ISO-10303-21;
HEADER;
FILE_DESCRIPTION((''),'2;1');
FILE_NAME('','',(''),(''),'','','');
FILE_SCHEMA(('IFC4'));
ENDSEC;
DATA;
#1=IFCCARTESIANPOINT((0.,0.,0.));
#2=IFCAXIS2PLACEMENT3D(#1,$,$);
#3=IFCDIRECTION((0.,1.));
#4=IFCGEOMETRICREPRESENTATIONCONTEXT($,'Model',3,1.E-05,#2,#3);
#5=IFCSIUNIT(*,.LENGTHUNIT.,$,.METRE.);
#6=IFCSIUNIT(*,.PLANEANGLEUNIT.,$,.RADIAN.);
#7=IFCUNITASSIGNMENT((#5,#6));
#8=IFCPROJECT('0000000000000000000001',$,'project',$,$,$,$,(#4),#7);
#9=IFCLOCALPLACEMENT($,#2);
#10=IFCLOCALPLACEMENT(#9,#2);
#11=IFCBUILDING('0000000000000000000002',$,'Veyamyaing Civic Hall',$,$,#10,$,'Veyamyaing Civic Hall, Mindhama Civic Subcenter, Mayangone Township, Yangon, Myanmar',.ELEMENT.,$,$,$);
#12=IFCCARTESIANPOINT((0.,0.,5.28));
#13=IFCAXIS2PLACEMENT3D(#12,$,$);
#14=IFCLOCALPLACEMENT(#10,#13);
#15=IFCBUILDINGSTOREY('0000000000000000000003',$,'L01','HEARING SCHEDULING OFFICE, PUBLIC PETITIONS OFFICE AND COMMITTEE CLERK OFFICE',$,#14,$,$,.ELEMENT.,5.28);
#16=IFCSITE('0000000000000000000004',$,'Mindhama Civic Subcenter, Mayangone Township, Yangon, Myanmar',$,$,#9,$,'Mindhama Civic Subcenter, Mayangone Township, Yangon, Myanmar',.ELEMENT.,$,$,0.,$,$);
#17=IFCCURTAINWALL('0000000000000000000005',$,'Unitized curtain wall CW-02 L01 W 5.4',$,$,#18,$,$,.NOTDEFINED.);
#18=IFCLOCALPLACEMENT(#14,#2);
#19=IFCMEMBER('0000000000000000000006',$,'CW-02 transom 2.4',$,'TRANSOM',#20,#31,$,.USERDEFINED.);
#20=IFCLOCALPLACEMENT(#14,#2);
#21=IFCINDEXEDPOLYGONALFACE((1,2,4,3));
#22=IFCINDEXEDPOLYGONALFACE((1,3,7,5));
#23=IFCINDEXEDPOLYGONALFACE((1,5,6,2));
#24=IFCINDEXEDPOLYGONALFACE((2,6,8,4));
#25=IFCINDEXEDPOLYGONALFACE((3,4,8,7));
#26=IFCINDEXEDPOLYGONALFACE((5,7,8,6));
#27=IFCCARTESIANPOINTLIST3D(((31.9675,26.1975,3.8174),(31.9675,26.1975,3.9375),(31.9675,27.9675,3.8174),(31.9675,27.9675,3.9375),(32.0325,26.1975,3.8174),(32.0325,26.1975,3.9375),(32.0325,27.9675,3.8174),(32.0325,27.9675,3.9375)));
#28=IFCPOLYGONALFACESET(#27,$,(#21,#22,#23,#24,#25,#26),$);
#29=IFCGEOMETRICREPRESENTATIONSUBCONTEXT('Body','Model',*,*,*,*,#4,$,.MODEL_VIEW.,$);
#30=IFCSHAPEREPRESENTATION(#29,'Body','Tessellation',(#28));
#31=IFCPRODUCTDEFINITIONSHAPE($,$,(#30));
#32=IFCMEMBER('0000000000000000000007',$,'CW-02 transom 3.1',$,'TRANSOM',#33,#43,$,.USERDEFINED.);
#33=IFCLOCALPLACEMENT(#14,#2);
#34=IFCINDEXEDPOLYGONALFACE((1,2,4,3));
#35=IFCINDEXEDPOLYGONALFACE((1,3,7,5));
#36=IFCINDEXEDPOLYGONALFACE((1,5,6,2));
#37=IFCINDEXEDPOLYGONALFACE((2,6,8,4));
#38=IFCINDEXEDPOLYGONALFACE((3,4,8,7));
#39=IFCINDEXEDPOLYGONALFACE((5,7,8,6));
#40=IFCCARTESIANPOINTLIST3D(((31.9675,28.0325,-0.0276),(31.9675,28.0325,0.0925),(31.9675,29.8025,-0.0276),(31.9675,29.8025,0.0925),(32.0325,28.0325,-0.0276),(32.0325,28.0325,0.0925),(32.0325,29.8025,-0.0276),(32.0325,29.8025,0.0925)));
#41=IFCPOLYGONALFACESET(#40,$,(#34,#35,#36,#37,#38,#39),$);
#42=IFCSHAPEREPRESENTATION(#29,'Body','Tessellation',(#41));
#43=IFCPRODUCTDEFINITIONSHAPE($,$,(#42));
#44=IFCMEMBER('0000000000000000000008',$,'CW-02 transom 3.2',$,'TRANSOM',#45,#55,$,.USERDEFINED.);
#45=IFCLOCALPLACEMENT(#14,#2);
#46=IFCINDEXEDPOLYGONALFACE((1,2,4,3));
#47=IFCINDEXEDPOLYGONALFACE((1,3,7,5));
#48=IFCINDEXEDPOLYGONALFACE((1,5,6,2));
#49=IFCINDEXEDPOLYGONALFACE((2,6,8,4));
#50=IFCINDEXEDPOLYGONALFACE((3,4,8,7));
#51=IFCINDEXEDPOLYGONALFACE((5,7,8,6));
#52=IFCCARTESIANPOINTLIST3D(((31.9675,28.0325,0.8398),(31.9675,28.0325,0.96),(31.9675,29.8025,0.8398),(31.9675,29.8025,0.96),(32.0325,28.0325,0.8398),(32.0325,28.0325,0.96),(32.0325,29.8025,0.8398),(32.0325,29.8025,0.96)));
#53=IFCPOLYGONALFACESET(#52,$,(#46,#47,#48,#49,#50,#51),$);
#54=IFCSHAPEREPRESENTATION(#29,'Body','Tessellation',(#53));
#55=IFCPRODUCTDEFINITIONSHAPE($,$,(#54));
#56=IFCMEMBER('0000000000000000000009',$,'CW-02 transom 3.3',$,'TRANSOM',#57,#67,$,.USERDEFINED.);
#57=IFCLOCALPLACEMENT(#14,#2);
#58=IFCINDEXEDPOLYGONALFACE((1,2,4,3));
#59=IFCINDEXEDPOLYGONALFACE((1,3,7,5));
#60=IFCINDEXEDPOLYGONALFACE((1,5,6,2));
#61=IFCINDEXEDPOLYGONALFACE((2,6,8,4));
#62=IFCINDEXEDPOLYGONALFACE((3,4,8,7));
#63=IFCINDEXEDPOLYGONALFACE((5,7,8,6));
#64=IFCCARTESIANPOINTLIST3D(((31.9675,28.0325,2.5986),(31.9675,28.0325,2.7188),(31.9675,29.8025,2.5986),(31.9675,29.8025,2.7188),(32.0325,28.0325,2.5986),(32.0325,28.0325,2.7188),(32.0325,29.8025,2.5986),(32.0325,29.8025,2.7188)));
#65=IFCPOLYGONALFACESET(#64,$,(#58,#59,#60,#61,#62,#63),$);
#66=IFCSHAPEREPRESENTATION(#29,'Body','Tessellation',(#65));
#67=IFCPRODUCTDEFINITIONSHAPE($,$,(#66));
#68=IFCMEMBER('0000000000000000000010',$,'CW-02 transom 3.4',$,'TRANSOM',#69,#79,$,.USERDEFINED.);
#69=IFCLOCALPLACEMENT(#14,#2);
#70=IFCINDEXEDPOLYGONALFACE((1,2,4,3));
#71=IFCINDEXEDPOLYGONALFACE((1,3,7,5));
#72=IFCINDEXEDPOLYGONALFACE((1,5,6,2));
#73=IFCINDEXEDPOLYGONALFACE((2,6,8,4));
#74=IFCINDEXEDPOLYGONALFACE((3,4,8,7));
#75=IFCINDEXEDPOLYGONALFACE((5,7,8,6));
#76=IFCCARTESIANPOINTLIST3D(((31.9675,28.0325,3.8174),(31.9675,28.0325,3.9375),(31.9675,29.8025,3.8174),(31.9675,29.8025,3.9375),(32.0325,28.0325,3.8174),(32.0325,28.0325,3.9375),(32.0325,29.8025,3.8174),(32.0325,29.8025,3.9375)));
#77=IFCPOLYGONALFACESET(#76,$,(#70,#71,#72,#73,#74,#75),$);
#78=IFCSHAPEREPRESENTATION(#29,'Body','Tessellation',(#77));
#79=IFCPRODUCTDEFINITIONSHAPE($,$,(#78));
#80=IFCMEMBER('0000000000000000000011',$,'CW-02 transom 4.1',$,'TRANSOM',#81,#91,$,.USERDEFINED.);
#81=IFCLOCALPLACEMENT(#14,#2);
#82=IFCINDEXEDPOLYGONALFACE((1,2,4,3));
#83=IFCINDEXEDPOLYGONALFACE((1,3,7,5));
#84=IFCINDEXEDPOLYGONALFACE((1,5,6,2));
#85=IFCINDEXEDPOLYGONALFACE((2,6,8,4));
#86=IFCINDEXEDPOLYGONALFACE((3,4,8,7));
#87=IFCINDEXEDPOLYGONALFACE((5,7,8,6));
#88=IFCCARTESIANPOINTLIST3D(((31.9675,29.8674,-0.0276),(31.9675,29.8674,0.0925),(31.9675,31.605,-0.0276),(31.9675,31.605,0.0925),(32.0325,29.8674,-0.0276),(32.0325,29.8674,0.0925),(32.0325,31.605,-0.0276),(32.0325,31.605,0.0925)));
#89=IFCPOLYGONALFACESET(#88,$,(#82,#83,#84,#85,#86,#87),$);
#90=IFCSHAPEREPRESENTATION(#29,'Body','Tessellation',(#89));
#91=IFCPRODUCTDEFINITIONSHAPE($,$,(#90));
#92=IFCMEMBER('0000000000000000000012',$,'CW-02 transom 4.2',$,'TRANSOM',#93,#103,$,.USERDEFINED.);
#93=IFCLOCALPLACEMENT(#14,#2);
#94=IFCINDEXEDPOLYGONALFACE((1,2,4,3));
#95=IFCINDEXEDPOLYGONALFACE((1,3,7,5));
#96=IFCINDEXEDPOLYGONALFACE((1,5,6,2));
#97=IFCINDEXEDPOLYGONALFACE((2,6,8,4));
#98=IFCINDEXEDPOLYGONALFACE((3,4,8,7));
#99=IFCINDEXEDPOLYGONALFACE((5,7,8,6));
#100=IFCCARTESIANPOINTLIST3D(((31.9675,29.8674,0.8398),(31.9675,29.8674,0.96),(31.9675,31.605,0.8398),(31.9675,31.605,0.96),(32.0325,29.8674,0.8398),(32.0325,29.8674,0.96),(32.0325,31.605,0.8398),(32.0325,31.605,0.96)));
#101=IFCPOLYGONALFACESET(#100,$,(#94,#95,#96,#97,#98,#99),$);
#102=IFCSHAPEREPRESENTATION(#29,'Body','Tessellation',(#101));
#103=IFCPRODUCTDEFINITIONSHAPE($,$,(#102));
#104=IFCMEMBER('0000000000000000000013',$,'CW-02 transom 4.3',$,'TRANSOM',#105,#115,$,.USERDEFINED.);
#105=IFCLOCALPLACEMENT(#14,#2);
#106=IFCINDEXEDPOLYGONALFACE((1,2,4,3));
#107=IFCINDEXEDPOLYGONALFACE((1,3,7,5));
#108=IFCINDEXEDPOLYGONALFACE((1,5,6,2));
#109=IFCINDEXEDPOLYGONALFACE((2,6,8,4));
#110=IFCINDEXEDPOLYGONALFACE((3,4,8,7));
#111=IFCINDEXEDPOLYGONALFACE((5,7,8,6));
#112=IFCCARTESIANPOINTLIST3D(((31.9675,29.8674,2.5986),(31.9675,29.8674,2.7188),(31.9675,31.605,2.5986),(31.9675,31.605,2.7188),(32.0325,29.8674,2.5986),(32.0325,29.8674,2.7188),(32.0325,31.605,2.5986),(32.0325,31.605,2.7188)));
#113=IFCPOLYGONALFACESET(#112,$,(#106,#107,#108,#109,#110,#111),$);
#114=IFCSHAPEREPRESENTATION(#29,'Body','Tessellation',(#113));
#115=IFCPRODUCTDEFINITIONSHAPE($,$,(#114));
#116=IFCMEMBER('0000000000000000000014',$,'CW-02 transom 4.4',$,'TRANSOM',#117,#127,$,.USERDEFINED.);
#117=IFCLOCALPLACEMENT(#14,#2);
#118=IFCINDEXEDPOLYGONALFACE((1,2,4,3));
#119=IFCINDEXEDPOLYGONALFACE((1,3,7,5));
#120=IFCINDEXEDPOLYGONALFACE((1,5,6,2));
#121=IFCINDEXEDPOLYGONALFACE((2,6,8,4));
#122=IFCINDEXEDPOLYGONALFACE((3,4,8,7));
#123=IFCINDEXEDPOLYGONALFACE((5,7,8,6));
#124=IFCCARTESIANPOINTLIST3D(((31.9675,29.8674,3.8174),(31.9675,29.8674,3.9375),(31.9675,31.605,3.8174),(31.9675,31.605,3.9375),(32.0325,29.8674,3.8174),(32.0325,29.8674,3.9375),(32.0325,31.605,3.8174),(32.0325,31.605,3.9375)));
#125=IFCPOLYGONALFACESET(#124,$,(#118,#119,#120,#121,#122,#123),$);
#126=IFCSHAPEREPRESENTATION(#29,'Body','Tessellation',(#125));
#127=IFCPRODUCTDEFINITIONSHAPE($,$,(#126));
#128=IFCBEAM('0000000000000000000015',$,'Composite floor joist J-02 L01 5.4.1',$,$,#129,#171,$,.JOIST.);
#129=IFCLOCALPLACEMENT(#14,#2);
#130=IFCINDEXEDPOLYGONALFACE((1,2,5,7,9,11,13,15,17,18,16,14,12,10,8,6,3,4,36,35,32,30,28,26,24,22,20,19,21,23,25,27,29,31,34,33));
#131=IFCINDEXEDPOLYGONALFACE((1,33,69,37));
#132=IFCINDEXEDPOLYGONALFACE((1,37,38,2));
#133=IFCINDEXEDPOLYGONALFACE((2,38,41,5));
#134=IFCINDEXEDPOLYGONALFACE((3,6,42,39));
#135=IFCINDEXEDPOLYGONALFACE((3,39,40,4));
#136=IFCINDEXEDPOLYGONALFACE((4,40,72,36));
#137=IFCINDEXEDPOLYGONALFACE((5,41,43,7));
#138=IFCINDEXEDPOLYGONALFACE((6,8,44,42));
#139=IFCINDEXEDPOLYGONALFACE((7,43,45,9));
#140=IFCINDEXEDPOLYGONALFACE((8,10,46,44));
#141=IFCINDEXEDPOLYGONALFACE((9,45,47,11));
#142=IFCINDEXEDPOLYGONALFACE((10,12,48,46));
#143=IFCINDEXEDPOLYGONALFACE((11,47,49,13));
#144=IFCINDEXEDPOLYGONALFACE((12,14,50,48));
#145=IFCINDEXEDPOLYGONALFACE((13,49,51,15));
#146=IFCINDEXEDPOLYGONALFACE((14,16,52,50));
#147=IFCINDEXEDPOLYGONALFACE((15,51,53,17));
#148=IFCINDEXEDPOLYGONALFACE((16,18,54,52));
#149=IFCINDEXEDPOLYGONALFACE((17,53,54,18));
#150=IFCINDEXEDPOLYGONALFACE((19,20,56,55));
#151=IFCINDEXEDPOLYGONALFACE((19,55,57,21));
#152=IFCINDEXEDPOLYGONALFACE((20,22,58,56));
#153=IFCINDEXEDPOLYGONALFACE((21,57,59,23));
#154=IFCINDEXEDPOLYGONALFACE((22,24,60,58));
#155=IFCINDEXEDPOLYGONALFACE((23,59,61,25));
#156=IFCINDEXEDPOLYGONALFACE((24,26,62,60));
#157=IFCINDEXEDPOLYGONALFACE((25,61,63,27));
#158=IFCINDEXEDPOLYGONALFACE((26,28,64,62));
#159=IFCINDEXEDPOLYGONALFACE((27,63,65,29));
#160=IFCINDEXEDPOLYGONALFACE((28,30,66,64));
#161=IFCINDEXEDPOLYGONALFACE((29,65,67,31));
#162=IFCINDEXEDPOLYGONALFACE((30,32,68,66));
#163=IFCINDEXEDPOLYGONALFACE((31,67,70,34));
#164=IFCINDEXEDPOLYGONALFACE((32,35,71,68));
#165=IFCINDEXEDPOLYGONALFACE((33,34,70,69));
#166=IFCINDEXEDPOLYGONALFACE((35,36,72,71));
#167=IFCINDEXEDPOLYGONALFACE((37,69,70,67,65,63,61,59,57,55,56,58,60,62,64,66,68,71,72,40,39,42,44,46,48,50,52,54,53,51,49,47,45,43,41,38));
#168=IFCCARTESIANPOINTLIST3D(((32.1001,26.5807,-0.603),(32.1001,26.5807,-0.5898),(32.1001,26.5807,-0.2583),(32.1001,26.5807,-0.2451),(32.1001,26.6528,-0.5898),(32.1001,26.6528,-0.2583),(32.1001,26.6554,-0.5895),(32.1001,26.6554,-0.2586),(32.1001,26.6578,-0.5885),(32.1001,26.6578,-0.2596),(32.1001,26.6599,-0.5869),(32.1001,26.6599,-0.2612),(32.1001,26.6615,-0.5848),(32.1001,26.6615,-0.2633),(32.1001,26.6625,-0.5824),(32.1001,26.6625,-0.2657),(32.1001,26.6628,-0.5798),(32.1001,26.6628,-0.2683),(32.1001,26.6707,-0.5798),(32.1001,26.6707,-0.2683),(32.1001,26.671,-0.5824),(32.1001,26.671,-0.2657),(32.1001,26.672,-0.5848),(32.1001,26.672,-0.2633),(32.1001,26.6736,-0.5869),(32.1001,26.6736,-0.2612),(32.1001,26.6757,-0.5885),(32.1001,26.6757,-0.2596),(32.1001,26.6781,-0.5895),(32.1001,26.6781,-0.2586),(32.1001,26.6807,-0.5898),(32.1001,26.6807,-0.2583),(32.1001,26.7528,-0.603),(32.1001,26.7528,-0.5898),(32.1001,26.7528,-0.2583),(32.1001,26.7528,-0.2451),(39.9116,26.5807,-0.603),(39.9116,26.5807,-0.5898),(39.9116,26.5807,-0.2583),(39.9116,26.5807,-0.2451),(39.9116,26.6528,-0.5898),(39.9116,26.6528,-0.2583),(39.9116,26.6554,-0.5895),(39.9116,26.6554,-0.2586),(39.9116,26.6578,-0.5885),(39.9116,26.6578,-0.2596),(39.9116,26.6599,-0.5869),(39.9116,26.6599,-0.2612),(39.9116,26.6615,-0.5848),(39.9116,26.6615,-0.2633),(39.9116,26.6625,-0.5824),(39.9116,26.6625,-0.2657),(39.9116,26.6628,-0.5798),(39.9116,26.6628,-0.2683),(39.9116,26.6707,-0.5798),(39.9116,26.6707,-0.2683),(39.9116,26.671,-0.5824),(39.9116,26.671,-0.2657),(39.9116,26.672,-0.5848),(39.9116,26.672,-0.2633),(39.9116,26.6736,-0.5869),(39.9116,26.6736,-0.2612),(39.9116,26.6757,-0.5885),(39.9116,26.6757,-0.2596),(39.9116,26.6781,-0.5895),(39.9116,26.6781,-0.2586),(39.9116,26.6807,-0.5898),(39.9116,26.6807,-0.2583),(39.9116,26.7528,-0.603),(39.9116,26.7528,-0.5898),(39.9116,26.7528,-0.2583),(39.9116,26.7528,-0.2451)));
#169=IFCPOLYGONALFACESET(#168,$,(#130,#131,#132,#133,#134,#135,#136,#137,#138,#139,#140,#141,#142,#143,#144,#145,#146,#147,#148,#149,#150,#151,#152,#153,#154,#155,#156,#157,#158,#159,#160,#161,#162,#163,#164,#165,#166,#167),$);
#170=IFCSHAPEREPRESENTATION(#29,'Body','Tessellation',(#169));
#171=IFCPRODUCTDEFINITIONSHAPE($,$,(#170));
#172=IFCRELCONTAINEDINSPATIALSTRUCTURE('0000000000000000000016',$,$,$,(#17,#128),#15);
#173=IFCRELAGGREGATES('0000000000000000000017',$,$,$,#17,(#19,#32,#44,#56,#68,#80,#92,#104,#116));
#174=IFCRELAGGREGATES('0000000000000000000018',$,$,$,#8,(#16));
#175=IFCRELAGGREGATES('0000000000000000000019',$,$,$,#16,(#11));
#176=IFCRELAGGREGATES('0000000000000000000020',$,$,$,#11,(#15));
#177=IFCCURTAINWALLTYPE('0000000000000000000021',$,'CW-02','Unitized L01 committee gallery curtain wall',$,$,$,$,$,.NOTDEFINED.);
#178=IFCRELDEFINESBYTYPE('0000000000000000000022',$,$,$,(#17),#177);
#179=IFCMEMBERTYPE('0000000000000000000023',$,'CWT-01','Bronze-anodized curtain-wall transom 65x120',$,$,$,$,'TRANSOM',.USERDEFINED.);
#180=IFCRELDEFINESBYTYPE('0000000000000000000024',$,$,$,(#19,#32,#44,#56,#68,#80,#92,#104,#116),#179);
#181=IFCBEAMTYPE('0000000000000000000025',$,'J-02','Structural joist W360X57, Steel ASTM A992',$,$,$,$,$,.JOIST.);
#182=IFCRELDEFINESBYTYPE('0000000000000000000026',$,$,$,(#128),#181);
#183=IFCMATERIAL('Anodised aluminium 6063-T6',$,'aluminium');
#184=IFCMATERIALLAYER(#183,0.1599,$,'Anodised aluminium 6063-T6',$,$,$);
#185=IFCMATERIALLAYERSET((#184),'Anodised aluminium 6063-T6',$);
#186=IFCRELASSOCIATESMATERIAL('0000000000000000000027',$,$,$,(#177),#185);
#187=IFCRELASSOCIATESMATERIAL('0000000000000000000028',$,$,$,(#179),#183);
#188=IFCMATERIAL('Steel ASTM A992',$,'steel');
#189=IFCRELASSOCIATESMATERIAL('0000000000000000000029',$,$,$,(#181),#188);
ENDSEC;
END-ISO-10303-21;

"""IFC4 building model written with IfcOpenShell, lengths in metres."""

from ifc_helpers import new_model, si_unit, direction, frame, origin, origin_2d, place, context, subcontext, project, spatial, rectangle, i_section, extrude, material, layer, layer_set, material_profile, profile_set, type_object, element, aggregate, save


model = new_model("IFC4")

# Units and contexts
model_context = context("Model", 3, precision=1e-05, world=origin(), true_north=direction((0.0, 1.0)))
body_context = subcontext(model_context, "Body", "Model", "MODEL_VIEW")
ifc_project = project(units=[si_unit("LENGTHUNIT", "METRE"), si_unit("PLANEANGLEUNIT", "RADIAN")], contexts=[model_context])

# Site, building, storey
site_placement = place(None, origin())
site = spatial("IfcSite", under=ifc_project, at=site_placement, Name="Mindhama Civic Subcenter, Mayangone Township, Yangon, Myanmar", LongName="Mindhama Civic Subcenter, Mayangone Township, Yangon, Myanmar", CompositionType="ELEMENT", RefElevation=0.0)
building_placement = place(site_placement, origin())
building = spatial("IfcBuilding", under=site, at=building_placement, Name="Veyamyaing Civic Hall", LongName="Veyamyaing Civic Hall, Mindhama Civic Subcenter, Mayangone Township, Yangon, Myanmar", CompositionType="ELEMENT")
storey_placement = place(building_placement, frame((0.0, 0.0, 5.28)))
storey = spatial("IfcBuildingStorey", under=building, at=storey_placement, Name="L01", Description="HEARING SCHEDULING OFFICE, PUBLIC PETITIONS OFFICE AND COMMITTEE CLERK OFFICE", CompositionType="ELEMENT", Elevation=5.28)

# Shared definitions
ifc_material_1 = material(Name="Steel ASTM A992", Category="steel")

# Curtain wall, members
ifc_material_2 = material(Name="Anodised aluminium 6063-T6", Category="aluminium")
ifc_layer_1 = layer(ifc_material_2, 0.1599, Name="Anodised aluminium 6063-T6")
ifc_layer_set_1 = layer_set([ifc_layer_1], Name="Anodised aluminium 6063-T6")
curtain_wall_type = type_object("IfcCurtainWallType", Name="CW-02", Description="Unitized L01 committee gallery curtain wall", PredefinedType="NOTDEFINED", material=ifc_layer_set_1)
curtain_wall_placement = place(storey_placement, origin())
curtain_wall = element("IfcCurtainWall", 1, at=curtain_wall_placement, inside=storey, type_object=curtain_wall_type, Name="Unitized curtain wall CW-02 L01 W 5.4", PredefinedType="NOTDEFINED")
ifc_material_profile_1 = material_profile(ifc_material_2, rectangle(XDim=0.0649, YDim=0.1201, at=origin_2d()), Name="ALU-TRN-65X120")
ifc_profile_set_1 = profile_set([ifc_material_profile_1], Name="Anodised aluminium 6063-T6")
member_type_1 = type_object("IfcMemberType", Name="CWT-01", Description="Bronze-anodized curtain-wall transom 65x120", ElementType="TRANSOM", PredefinedType="USERDEFINED", material=ifc_profile_set_1)
member_1_placement = place(storey_placement, frame((32.0, 26.1975, 3.8774), z_axis=(0.0, 1.0, 0.0), x_axis=(-1.0, 0.0, 0.0)))
member_1 = element("IfcMember", 2, at=member_1_placement, type_object=member_type_1, Name="CW-02 transom 2.4", ObjectType="TRANSOM", PredefinedType="USERDEFINED", context=body_context, shape_type="SweptSolid", body=[
    extrude(rectangle(XDim=0.0649, YDim=0.1201, at=origin_2d()), origin(), (0.0, 0.0, 1.0), 1.77),
])
member_2_placement = place(storey_placement, frame((32.0, 28.0325, 0.0325), z_axis=(0.0, 1.0, 0.0), x_axis=(-1.0, 0.0, 0.0)))
member_2 = element("IfcMember", 3, at=member_2_placement, type_object=member_type_1, Name="CW-02 transom 3.1", ObjectType="TRANSOM", PredefinedType="USERDEFINED", context=body_context, shape_type="SweptSolid", body=[
    extrude(rectangle(XDim=0.0649, YDim=0.1201, at=origin_2d()), origin(), (0.0, 0.0, 1.0), 1.77),
])
member_3_placement = place(storey_placement, frame((32.0, 28.0325, 0.8999), z_axis=(0.0, 1.0, 0.0), x_axis=(-1.0, 0.0, 0.0)))
member_3 = element("IfcMember", 4, at=member_3_placement, type_object=member_type_1, Name="CW-02 transom 3.2", ObjectType="TRANSOM", PredefinedType="USERDEFINED", context=body_context, shape_type="SweptSolid", body=[
    extrude(rectangle(XDim=0.0649, YDim=0.1201, at=origin_2d()), origin(), (0.0, 0.0, 1.0), 1.77),
])
member_4_placement = place(storey_placement, frame((32.0, 28.0325, 2.6587), z_axis=(0.0, 1.0, 0.0), x_axis=(-1.0, 0.0, 0.0)))
member_4 = element("IfcMember", 5, at=member_4_placement, type_object=member_type_1, Name="CW-02 transom 3.3", ObjectType="TRANSOM", PredefinedType="USERDEFINED", context=body_context, shape_type="SweptSolid", body=[
    extrude(rectangle(XDim=0.0649, YDim=0.1201, at=origin_2d()), origin(), (0.0, 0.0, 1.0), 1.77),
])
member_5_placement = place(storey_placement, frame((32.0, 28.0325, 3.8774), z_axis=(0.0, 1.0, 0.0), x_axis=(-1.0, 0.0, 0.0)))
member_5 = element("IfcMember", 6, at=member_5_placement, type_object=member_type_1, Name="CW-02 transom 3.4", ObjectType="TRANSOM", PredefinedType="USERDEFINED", context=body_context, shape_type="SweptSolid", body=[
    extrude(rectangle(XDim=0.0649, YDim=0.1201, at=origin_2d()), origin(), (0.0, 0.0, 1.0), 1.77),
])
member_6_placement = place(storey_placement, frame((32.0, 29.8674, 0.0325), z_axis=(0.0, 1.0, 0.0), x_axis=(-1.0, 0.0, 0.0)))
member_6 = element("IfcMember", 7, at=member_6_placement, type_object=member_type_1, Name="CW-02 transom 4.1", ObjectType="TRANSOM", PredefinedType="USERDEFINED", context=body_context, shape_type="SweptSolid", body=[
    extrude(rectangle(XDim=0.0649, YDim=0.1201, at=origin_2d()), origin(), (0.0, 0.0, 1.0), 1.7375),
])
member_7_placement = place(storey_placement, frame((32.0, 29.8674, 0.8999), z_axis=(0.0, 1.0, 0.0), x_axis=(-1.0, 0.0, 0.0)))
member_7 = element("IfcMember", 8, at=member_7_placement, type_object=member_type_1, Name="CW-02 transom 4.2", ObjectType="TRANSOM", PredefinedType="USERDEFINED", context=body_context, shape_type="SweptSolid", body=[
    extrude(rectangle(XDim=0.0649, YDim=0.1201, at=origin_2d()), origin(), (0.0, 0.0, 1.0), 1.7375),
])
member_8_placement = place(storey_placement, frame((32.0, 29.8674, 2.6587), z_axis=(0.0, 1.0, 0.0), x_axis=(-1.0, 0.0, 0.0)))
member_8 = element("IfcMember", 9, at=member_8_placement, type_object=member_type_1, Name="CW-02 transom 4.3", ObjectType="TRANSOM", PredefinedType="USERDEFINED", context=body_context, shape_type="SweptSolid", body=[
    extrude(rectangle(XDim=0.0649, YDim=0.1201, at=origin_2d()), origin(), (0.0, 0.0, 1.0), 1.7375),
])
member_9_placement = place(storey_placement, frame((32.0, 29.8674, 3.8774), z_axis=(0.0, 1.0, 0.0), x_axis=(-1.0, 0.0, 0.0)))
member_9 = element("IfcMember", 10, at=member_9_placement, type_object=member_type_1, Name="CW-02 transom 4.4", ObjectType="TRANSOM", PredefinedType="USERDEFINED", context=body_context, shape_type="SweptSolid", body=[
    extrude(rectangle(XDim=0.0649, YDim=0.1201, at=origin_2d()), origin(), (0.0, 0.0, 1.0), 1.7375),
])

# Beam
ifc_material_profile_2 = material_profile(ifc_material_1, i_section(OverallWidth=0.1721, OverallDepth=0.3579, WebThickness=0.0078, FlangeThickness=0.0132, FilletRadius=0.01, at=origin_2d()), Name="W360X57")
ifc_profile_set_2 = profile_set([ifc_material_profile_2], Name="Steel ASTM A992")
beam_type_1 = type_object("IfcBeamType", Name="J-02", Description="Structural joist W360X57, Steel ASTM A992", PredefinedType="JOIST", material=ifc_profile_set_2)
for number, where, z_axis, x_axis, name in (
    (11, (32.1001, 26.6667, -0.4241), (1.0, 0.0, 0.0), (0.0, 1.0, 0.0), "Composite floor joist J-02 L01 5.4.1"),
):
    element("IfcBeam", number, at=place(storey_placement, frame(where, z_axis=z_axis, x_axis=x_axis)), inside=storey, type_object=beam_type_1, Name=name, PredefinedType="JOIST", context=body_context, shape_type="SweptSolid", body=[
        extrude(i_section(OverallWidth=0.1721, OverallDepth=0.3579, WebThickness=0.0078, FlangeThickness=0.0132, FilletRadius=0.01, at=origin_2d()), origin(), (0.0, 0.0, 1.0), 7.8115),
    ])

aggregate(curtain_wall, [member_1, member_2, member_3, member_4, member_5, member_6, member_7, member_8, member_9])

save(model, "model.ifc")
